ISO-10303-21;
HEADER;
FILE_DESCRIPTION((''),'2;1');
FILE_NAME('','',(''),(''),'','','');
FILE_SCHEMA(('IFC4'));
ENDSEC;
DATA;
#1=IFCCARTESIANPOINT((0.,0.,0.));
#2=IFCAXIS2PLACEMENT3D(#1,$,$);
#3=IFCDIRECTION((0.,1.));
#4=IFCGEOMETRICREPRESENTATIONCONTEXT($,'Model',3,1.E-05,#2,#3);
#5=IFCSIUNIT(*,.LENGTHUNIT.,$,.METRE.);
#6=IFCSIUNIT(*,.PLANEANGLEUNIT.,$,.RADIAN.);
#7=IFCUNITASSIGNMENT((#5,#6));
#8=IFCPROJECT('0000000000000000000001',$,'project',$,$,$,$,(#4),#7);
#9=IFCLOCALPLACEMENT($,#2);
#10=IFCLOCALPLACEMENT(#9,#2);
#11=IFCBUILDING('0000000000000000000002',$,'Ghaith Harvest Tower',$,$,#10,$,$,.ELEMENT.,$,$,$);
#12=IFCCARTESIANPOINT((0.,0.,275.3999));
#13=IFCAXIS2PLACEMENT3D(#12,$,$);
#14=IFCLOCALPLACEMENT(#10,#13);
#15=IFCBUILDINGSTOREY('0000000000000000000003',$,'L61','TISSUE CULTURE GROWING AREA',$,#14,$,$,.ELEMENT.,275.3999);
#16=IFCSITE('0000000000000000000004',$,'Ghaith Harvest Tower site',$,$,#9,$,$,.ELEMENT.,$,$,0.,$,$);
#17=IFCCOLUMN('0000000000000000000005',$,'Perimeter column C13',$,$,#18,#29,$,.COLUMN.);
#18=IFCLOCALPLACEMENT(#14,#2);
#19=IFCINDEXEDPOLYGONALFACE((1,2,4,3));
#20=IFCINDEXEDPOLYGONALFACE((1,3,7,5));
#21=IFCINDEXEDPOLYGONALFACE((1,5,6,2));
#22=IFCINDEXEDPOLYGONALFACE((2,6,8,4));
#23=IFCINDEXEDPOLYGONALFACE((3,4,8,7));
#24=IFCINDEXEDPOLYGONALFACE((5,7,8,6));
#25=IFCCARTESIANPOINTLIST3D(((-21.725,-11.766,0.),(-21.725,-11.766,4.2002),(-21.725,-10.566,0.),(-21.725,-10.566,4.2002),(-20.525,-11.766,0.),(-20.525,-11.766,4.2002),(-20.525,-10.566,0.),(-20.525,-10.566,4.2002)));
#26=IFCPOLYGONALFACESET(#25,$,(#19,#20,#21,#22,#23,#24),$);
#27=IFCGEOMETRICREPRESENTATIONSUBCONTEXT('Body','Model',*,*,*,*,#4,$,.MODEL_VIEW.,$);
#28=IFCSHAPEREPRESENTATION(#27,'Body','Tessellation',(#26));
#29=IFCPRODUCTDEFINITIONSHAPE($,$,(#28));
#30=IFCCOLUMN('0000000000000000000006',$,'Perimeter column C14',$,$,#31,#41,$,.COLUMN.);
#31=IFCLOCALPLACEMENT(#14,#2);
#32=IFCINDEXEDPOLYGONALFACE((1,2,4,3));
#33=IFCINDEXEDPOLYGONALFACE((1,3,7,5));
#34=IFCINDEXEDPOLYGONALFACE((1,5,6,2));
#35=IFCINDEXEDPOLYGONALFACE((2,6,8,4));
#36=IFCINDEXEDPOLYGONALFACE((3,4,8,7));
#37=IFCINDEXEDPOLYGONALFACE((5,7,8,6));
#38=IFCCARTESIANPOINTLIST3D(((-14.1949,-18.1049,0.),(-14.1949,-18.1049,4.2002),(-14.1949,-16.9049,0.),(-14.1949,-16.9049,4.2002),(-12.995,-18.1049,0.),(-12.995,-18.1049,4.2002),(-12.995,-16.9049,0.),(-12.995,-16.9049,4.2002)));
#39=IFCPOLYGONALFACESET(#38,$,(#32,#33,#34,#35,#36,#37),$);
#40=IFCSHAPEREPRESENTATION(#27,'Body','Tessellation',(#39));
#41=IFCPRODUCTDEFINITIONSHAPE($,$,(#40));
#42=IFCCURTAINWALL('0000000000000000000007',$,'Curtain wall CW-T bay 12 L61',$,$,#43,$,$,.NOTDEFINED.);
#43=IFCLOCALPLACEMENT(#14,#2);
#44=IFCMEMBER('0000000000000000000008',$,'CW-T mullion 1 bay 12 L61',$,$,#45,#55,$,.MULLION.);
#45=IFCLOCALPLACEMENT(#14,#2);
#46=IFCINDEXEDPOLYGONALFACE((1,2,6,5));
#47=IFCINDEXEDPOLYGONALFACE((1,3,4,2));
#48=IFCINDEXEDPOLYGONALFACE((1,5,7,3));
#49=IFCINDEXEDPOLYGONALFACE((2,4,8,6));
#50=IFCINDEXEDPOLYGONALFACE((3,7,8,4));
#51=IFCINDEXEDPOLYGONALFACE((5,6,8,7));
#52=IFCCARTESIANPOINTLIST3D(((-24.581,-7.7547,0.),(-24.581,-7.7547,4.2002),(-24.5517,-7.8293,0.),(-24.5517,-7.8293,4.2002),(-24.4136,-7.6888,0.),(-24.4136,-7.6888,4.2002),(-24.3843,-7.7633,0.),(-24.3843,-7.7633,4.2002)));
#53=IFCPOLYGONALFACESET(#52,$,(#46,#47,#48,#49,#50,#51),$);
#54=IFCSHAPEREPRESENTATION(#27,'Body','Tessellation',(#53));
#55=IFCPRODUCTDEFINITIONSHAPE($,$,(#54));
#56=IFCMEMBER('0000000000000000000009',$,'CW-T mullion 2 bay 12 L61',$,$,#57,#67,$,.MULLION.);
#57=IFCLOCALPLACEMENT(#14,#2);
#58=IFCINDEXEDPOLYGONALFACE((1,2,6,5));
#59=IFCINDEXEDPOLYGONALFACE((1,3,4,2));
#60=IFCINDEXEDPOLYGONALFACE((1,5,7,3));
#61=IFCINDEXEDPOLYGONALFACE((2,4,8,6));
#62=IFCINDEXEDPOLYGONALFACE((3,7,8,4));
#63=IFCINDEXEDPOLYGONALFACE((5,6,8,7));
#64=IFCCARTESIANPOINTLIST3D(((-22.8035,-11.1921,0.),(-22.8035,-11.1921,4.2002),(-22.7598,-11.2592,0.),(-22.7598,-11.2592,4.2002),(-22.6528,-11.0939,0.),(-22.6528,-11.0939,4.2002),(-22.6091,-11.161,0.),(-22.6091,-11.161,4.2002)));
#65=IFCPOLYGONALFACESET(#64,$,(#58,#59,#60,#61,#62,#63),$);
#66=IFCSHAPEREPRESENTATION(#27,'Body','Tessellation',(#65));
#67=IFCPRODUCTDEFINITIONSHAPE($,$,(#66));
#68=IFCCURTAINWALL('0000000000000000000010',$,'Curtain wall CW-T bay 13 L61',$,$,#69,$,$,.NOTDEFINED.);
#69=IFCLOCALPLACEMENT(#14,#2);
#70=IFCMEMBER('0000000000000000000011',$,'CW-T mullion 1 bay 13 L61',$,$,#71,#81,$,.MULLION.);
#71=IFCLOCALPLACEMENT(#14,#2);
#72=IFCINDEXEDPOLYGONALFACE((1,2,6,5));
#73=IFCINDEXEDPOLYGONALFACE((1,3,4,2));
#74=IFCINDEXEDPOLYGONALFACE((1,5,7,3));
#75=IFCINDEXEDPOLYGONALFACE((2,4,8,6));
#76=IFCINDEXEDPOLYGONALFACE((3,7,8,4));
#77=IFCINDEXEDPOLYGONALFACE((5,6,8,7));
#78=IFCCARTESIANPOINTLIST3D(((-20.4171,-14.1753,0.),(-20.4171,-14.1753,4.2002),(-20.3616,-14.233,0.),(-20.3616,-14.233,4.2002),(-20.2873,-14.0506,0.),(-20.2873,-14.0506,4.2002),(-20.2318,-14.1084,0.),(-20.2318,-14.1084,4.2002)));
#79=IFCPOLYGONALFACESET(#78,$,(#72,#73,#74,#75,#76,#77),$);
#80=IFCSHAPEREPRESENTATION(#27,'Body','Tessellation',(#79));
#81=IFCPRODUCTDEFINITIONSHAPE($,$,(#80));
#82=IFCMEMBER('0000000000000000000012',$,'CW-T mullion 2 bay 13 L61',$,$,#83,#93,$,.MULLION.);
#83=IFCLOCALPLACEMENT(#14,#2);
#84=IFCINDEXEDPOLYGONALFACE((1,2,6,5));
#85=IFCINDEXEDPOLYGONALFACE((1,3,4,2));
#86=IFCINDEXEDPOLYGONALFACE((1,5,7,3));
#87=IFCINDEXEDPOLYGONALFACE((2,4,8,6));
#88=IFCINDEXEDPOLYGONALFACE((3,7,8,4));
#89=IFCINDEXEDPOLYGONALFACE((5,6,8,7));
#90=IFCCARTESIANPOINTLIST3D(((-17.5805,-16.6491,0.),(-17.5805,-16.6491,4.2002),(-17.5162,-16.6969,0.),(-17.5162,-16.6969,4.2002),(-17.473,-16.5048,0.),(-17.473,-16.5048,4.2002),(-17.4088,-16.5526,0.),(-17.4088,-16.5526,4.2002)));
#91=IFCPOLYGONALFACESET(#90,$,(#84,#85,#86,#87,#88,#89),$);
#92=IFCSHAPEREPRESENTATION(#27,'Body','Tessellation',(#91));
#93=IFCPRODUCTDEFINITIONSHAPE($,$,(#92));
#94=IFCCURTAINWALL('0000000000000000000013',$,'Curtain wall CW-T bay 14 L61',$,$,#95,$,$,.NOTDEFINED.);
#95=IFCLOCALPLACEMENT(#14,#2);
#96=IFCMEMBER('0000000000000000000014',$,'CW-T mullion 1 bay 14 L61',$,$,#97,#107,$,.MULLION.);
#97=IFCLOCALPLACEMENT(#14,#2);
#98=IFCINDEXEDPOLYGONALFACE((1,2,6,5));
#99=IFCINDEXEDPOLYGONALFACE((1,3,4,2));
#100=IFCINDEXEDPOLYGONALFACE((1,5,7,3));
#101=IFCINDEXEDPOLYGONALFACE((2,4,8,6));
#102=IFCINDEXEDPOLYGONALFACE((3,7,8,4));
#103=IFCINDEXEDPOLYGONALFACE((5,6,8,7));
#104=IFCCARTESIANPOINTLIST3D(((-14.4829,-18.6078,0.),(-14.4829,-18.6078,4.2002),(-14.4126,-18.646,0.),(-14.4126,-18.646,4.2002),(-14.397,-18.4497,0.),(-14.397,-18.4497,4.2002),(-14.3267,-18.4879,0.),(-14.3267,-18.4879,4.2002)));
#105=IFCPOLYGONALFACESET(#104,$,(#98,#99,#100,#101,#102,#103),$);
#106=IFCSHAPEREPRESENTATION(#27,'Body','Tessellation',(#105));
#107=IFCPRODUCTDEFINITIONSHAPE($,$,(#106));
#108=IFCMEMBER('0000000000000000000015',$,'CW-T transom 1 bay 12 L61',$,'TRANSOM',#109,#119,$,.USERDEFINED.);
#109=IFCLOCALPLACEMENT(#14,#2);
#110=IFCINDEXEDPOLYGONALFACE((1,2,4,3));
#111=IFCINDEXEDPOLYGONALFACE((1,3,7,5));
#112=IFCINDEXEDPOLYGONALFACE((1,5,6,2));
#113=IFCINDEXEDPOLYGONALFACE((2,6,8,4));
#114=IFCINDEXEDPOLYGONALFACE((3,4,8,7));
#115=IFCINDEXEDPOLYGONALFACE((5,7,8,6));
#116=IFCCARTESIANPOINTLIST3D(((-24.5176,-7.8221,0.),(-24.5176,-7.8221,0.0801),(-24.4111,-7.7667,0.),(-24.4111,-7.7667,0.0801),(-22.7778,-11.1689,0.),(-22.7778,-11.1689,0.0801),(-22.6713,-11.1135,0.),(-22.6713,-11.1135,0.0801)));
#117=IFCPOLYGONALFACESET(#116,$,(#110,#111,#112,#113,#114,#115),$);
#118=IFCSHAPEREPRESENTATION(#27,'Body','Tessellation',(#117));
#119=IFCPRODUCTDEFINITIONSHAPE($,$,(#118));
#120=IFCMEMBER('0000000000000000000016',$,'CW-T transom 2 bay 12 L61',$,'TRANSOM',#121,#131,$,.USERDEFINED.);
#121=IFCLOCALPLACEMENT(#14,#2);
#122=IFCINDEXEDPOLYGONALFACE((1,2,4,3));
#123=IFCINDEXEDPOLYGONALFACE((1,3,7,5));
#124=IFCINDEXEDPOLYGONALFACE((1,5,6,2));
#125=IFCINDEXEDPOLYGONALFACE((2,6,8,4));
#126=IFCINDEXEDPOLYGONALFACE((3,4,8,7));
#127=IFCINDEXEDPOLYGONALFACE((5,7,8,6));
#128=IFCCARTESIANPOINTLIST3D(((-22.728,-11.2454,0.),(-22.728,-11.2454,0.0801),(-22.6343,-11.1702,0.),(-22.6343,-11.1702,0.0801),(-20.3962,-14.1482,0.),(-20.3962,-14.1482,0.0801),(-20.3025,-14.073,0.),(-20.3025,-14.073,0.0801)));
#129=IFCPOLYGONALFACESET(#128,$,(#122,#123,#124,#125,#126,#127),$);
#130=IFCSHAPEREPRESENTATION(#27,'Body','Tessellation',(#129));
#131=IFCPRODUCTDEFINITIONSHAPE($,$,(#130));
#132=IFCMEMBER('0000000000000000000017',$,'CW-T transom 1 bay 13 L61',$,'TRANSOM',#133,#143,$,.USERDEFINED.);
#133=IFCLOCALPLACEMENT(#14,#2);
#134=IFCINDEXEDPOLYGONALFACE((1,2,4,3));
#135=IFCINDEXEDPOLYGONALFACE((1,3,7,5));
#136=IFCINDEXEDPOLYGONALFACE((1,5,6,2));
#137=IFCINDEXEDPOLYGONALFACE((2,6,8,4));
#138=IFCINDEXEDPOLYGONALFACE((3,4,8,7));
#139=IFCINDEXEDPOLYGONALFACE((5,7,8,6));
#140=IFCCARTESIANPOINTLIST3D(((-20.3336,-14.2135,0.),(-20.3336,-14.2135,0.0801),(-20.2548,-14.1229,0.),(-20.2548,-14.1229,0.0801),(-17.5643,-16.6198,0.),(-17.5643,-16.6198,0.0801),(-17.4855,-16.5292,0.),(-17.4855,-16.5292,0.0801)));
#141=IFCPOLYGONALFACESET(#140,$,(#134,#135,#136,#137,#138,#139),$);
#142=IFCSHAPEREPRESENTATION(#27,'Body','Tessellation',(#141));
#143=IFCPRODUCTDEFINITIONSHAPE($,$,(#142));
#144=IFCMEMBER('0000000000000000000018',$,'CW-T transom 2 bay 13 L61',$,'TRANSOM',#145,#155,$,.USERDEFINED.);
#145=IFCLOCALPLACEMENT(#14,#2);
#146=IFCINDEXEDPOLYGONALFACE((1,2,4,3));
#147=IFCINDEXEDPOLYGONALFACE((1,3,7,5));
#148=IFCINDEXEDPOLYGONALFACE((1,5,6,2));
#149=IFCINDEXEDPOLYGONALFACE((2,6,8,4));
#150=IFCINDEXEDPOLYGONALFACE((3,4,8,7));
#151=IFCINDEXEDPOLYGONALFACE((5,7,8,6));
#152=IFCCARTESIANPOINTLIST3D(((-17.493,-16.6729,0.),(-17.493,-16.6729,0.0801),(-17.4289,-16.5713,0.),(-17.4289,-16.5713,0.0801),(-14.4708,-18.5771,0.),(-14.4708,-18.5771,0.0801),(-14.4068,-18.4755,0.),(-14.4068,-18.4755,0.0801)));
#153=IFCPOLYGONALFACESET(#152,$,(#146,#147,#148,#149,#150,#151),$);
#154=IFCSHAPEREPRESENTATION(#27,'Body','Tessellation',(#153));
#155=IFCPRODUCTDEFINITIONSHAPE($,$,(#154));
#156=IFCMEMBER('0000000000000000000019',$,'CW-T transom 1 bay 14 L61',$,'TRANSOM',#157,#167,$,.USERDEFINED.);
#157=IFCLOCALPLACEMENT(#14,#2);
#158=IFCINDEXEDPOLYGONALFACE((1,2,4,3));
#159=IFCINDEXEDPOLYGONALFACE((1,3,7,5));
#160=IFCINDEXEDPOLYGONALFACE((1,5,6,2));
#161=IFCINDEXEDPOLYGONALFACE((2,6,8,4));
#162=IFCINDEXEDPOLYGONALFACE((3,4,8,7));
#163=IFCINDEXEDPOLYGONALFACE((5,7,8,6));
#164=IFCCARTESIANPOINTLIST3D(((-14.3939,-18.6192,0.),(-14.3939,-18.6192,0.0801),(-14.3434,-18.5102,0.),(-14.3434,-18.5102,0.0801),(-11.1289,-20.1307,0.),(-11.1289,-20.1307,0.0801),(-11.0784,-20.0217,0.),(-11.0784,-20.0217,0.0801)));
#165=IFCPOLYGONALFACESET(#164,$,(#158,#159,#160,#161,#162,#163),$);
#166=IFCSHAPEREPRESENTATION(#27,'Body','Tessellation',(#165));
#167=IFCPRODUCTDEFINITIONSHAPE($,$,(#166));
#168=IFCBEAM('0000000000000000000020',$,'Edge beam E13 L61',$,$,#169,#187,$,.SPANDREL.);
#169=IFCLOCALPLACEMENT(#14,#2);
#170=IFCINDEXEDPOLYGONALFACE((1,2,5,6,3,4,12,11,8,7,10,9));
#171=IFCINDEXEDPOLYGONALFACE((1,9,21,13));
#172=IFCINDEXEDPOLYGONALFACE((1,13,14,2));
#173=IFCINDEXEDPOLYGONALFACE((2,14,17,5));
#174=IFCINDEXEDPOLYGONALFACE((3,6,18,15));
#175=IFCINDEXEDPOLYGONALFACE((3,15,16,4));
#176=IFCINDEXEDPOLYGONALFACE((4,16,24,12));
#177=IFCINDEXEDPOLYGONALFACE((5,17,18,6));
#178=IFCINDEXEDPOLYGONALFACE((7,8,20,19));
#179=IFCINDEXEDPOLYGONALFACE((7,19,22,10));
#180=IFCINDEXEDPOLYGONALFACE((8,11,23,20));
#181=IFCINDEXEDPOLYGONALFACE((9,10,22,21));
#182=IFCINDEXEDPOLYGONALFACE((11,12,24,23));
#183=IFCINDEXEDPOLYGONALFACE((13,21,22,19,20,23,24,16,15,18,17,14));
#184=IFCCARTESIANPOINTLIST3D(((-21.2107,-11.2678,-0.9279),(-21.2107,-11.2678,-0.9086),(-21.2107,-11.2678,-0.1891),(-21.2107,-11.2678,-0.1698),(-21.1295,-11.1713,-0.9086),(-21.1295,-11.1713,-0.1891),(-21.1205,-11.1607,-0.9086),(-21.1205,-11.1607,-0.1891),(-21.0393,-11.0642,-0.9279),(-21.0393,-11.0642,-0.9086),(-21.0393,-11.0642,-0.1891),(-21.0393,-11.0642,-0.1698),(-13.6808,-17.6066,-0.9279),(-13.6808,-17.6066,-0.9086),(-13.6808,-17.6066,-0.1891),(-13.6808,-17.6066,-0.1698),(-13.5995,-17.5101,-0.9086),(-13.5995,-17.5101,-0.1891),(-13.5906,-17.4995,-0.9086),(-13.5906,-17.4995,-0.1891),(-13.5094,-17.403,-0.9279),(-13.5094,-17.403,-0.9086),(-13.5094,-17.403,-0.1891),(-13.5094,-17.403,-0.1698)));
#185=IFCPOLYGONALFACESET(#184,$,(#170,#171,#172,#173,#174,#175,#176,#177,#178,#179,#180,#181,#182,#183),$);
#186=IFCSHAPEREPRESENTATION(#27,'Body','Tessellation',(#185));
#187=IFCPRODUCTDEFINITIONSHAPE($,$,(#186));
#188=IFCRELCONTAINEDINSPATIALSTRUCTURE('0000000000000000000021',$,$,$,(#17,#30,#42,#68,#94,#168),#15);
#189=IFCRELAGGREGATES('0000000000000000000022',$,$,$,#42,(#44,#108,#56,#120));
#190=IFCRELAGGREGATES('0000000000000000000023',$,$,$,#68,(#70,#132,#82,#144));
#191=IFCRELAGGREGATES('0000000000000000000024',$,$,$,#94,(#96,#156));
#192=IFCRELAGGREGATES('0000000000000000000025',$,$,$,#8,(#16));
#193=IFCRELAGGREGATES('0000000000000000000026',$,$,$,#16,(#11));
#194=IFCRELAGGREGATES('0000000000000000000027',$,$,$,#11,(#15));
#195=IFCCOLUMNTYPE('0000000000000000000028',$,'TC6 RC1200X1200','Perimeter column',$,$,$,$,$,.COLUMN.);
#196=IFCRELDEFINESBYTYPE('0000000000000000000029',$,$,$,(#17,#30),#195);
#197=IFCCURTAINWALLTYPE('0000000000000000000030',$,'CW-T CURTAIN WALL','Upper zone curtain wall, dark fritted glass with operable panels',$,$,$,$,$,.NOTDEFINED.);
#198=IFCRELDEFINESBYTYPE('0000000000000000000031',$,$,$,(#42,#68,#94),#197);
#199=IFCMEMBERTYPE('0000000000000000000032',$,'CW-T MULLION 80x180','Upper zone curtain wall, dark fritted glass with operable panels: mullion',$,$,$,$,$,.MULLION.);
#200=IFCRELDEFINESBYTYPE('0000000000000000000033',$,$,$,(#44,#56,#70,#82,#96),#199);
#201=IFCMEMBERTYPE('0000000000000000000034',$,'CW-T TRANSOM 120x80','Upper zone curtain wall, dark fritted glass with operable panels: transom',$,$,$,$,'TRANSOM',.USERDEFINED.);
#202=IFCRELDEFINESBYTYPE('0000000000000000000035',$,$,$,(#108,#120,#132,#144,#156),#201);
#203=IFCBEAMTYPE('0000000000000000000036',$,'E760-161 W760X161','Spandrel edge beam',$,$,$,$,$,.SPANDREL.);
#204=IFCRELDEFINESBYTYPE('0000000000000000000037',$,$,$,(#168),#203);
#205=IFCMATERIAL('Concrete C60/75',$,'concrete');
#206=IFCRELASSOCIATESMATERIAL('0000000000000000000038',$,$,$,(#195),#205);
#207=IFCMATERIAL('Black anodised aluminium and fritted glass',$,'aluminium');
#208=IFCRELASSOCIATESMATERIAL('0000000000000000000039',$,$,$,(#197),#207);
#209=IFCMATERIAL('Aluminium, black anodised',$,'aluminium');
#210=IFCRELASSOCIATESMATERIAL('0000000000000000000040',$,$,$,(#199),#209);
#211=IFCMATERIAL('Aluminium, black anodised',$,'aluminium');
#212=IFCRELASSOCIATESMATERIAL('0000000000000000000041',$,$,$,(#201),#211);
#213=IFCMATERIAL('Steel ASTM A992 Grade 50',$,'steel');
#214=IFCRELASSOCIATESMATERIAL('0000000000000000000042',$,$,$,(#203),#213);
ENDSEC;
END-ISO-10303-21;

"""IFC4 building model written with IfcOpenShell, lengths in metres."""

from ifc_helpers import new_model, si_unit, direction, frame, origin, origin_2d, place, context, subcontext, project, spatial, rectangle, i_section, extrude, material, material_profile, profile_set, type_object, element, aggregate, save


model = new_model("IFC4")

# Units and contexts
model_context = context("Model", 3, precision=1e-05, world=origin(), true_north=direction((0.0, 1.0)))
body_context = subcontext(model_context, "Body", "Model", "MODEL_VIEW")
ifc_project = project(units=[si_unit("LENGTHUNIT", "METRE"), si_unit("PLANEANGLEUNIT", "RADIAN")], contexts=[model_context])

# Site, building, storey
site_placement = place(None, origin())
site = spatial("IfcSite", under=ifc_project, at=site_placement, Name="Ghaith Harvest Tower site", CompositionType="ELEMENT", RefElevation=0.0)
building_placement = place(site_placement, origin())
building = spatial("IfcBuilding", under=site, at=building_placement, Name="Ghaith Harvest Tower", CompositionType="ELEMENT")
storey_placement = place(building_placement, frame((0.0, 0.0, 275.3999)))
storey = spatial("IfcBuildingStorey", under=building, at=storey_placement, Name="L61", Description="TISSUE CULTURE GROWING AREA", CompositionType="ELEMENT", Elevation=275.3999)

# Columns
ifc_material_1 = material(Name="Concrete C60/75", Category="concrete")
ifc_material_profile_1 = material_profile(ifc_material_1, rectangle(XDim=1.2, YDim=1.2, at=origin_2d()), Name="RC1200X1200")
ifc_profile_set_1 = profile_set([ifc_material_profile_1], Name="Concrete C60/75")
column_type = type_object("IfcColumnType", Name="TC6 RC1200X1200", Description="Perimeter column", PredefinedType="COLUMN", material=ifc_profile_set_1)
for number, where, z_axis, x_axis, name in (
    (1, (-21.125, -11.166, 0.0), (0.0, 0.0, 1.0), (1.0, 0.0, 0.0), "Perimeter column C13"),
    (2, (-13.595, -17.5049, 0.0), (0.0, 0.0, 1.0), (1.0, 0.0, 0.0), "Perimeter column C14"),
):
    element("IfcColumn", number, at=place(storey_placement, frame(where, z_axis=z_axis, x_axis=x_axis)), inside=storey, type_object=column_type, Name=name, PredefinedType="COLUMN", context=body_context, shape_type="SweptSolid", body=[
        extrude(rectangle(XDim=1.2, YDim=1.2, at=origin_2d()), origin(), (0.0, 0.0, 1.0), 4.2002),
    ])

# Curtain walls, members
ifc_material_2 = material(Name="Black anodised aluminium and fritted glass", Category="aluminium")
curtain_wall_type = type_object("IfcCurtainWallType", Name="CW-T CURTAIN WALL", Description="Upper zone curtain wall, dark fritted glass with operable panels", PredefinedType="NOTDEFINED", material=ifc_material_2)
curtain_wall_1_placement = place(storey_placement, origin())
curtain_wall_1 = element("IfcCurtainWall", 3, at=curtain_wall_1_placement, inside=storey, type_object=curtain_wall_type, Name="Curtain wall CW-T bay 12 L61", PredefinedType="NOTDEFINED")
ifc_material_3 = material(Name="Aluminium, black anodised", Category="aluminium")
ifc_material_profile_2 = material_profile(ifc_material_3, rectangle(XDim=0.0801, YDim=0.1799, at=origin_2d()), Name="CW-T MULLION 80x180")
ifc_profile_set_2 = profile_set([ifc_material_profile_2], Name="Aluminium, black anodised")
member_type_1 = type_object("IfcMemberType", Name="CW-T MULLION 80x180", Description="Upper zone curtain wall, dark fritted glass with operable panels: mullion", PredefinedType="MULLION", material=ifc_profile_set_2)
member_1_placement = place(storey_placement, frame((-24.4827, -7.759, 0.0), z_axis=(0.0, 0.0, 1.0), x_axis=(0.366473, -0.930429, 0.0)))
member_1 = element("IfcMember", 4, at=member_1_placement, type_object=member_type_1, Name="CW-T mullion 1 bay 12 L61", PredefinedType="MULLION", context=body_context, shape_type="SweptSolid", body=[
    extrude(rectangle(XDim=0.0801, YDim=0.1799, at=origin_2d()), origin(), (0.0, 0.0, 1.0), 4.2002),
])
member_2_placement = place(storey_placement, frame((-22.7063, -11.1765, 0.0), z_axis=(0.0, 0.0, 1.0), x_axis=(0.545865, -0.837873, 0.0)))
member_2 = element("IfcMember", 5, at=member_2_placement, type_object=member_type_1, Name="CW-T mullion 2 bay 12 L61", PredefinedType="MULLION", context=body_context, shape_type="SweptSolid", body=[
    extrude(rectangle(XDim=0.0801, YDim=0.1799, at=origin_2d()), origin(), (0.0, 0.0, 1.0), 4.2002),
])
curtain_wall_2_placement = place(storey_placement, origin())
curtain_wall_2 = element("IfcCurtainWall", 6, at=curtain_wall_2_placement, inside=storey, type_object=curtain_wall_type, Name="Curtain wall CW-T bay 13 L61", PredefinedType="NOTDEFINED")
member_3_placement = place(storey_placement, frame((-20.3245, -14.1418, 0.0), z_axis=(0.0, 0.0, 1.0), x_axis=(0.692826, -0.721104, 0.0)))
member_3 = element("IfcMember", 7, at=member_3_placement, type_object=member_type_1, Name="CW-T mullion 1 bay 13 L61", PredefinedType="MULLION", context=body_context, shape_type="SweptSolid", body=[
    extrude(rectangle(XDim=0.0801, YDim=0.1799, at=origin_2d()), origin(), (0.0, 0.0, 1.0), 4.2002),
])
member_4_placement = place(storey_placement, frame((-17.4946, -16.6008, 0.0), z_axis=(0.0, 0.0, 1.0), x_axis=(0.80219, -0.597069, 0.0)))
member_4 = element("IfcMember", 8, at=member_4_placement, type_object=member_type_1, Name="CW-T mullion 2 bay 13 L61", PredefinedType="MULLION", context=body_context, shape_type="SweptSolid", body=[
    extrude(rectangle(XDim=0.0801, YDim=0.1799, at=origin_2d()), origin(), (0.0, 0.0, 1.0), 4.2002),
])

# Curtain wall, member
curtain_wall_3_placement = place(storey_placement, origin())
curtain_wall_3 = element("IfcCurtainWall", 9, at=curtain_wall_3_placement, inside=storey, type_object=curtain_wall_type, Name="Curtain wall CW-T bay 14 L61", PredefinedType="NOTDEFINED")
member_5_placement = place(storey_placement, frame((-14.4048, -18.5479, 0.0), z_axis=(0.0, 0.0, 1.0), x_axis=(0.878672, -0.477426, 0.0)))
member_5 = element("IfcMember", 10, at=member_5_placement, type_object=member_type_1, Name="CW-T mullion 1 bay 14 L61", PredefinedType="MULLION", context=body_context, shape_type="SweptSolid", body=[
    extrude(rectangle(XDim=0.0801, YDim=0.1799, at=origin_2d()), origin(), (0.0, 0.0, 1.0), 4.2002),
])

# Members
ifc_material_4 = material(Name="Aluminium, black anodised", Category="aluminium")
ifc_material_profile_3 = material_profile(ifc_material_4, rectangle(XDim=0.1201, YDim=0.0801, at=origin_2d()), Name="CW-T TRANSOM 120x80")
ifc_profile_set_3 = profile_set([ifc_material_profile_3], Name="Aluminium, black anodised")
member_type_2 = type_object("IfcMemberType", Name="CW-T TRANSOM 120x80", Description="Upper zone curtain wall, dark fritted glass with operable panels: transom", ElementType="TRANSOM", PredefinedType="USERDEFINED", material=ifc_profile_set_3)
member_6_placement = place(storey_placement, frame((-24.4644, -7.7944, 0.04), z_axis=(0.461243, -0.887274, 0.0), x_axis=(0.887274, 0.461243, 0.0)))
member_6 = element("IfcMember", 11, at=member_6_placement, type_object=member_type_2, Name="CW-T transom 1 bay 12 L61", ObjectType="TRANSOM", PredefinedType="USERDEFINED", context=body_context, shape_type="SweptSolid", body=[
    extrude(rectangle(XDim=0.1201, YDim=0.0801, at=origin_2d()), origin(), (0.0, 0.0, 1.0), 3.772),
])
member_7_placement = place(storey_placement, frame((-22.6812, -11.2078, 0.04), z_axis=(0.626253, -0.77962, 0.0), x_axis=(0.77962, 0.626253, 0.0)))
member_7 = element("IfcMember", 12, at=member_7_placement, type_object=member_type_2, Name="CW-T transom 2 bay 12 L61", ObjectType="TRANSOM", PredefinedType="USERDEFINED", context=body_context, shape_type="SweptSolid", body=[
    extrude(rectangle(XDim=0.1201, YDim=0.0801, at=origin_2d()), origin(), (0.0, 0.0, 1.0), 3.7234),
])
member_8_placement = place(storey_placement, frame((-20.2942, -14.1682, 0.04), z_axis=(0.754852, -0.655895, 0.0), x_axis=(0.655895, 0.754852, 0.0)))
member_8 = element("IfcMember", 13, at=member_8_placement, type_object=member_type_2, Name="CW-T transom 1 bay 13 L61", ObjectType="TRANSOM", PredefinedType="USERDEFINED", context=body_context, shape_type="SweptSolid", body=[
    extrude(rectangle(XDim=0.1201, YDim=0.0801, at=origin_2d()), origin(), (0.0, 0.0, 1.0), 3.6687),
])
member_9_placement = place(storey_placement, frame((-17.4609, -16.6221, 0.04), z_axis=(0.846054, -0.533098, 0.0), x_axis=(0.533098, 0.846054, 0.0)))
member_9 = element("IfcMember", 14, at=member_9_placement, type_object=member_type_2, Name="CW-T transom 2 bay 13 L61", ObjectType="TRANSOM", PredefinedType="USERDEFINED", context=body_context, shape_type="SweptSolid", body=[
    extrude(rectangle(XDim=0.1201, YDim=0.0801, at=origin_2d()), origin(), (0.0, 0.0, 1.0), 3.572),
])
member_10_placement = place(storey_placement, frame((-14.3687, -18.5647, 0.04), z_axis=(0.907472, -0.420112, 0.0), x_axis=(0.420112, 0.907472, 0.0)))
member_10 = element("IfcMember", 15, at=member_10_placement, type_object=member_type_2, Name="CW-T transom 1 bay 14 L61", ObjectType="TRANSOM", PredefinedType="USERDEFINED", context=body_context, shape_type="SweptSolid", body=[
    extrude(rectangle(XDim=0.1201, YDim=0.0801, at=origin_2d()), origin(), (0.0, 0.0, 1.0), 3.5979),
])

# Beam
ifc_material_5 = material(Name="Steel ASTM A992 Grade 50", Category="steel")
ifc_material_profile_4 = material_profile(ifc_material_5, i_section(OverallWidth=0.2661, OverallDepth=0.7581, WebThickness=0.0139, FlangeThickness=0.0193, at=origin_2d()), Name="W760X161")
ifc_profile_set_4 = profile_set([ifc_material_profile_4], Name="Steel ASTM A992 Grade 50")
beam_type = type_object("IfcBeamType", Name="E760-161 W760X161", Description="Spandrel edge beam", PredefinedType="SPANDREL", material=ifc_profile_set_4)
beam_1_placement = place(storey_placement, frame((-21.125, -11.166, -0.5488), z_axis=(0.765022, -0.644004, 0.0), x_axis=(0.644004, 0.765022, 0.0)))
element("IfcBeam", 16, at=beam_1_placement, inside=storey, type_object=beam_type, Name="Edge beam E13 L61", PredefinedType="SPANDREL", context=body_context, shape_type="SweptSolid", body=[
    extrude(i_section(OverallWidth=0.2661, OverallDepth=0.7581, WebThickness=0.0139, FlangeThickness=0.0193, at=origin_2d()), origin(), (0.0, 0.0, 1.0), 9.8428),
])

aggregate(curtain_wall_1, [member_1, member_6, member_2, member_7])
aggregate(curtain_wall_2, [member_3, member_8, member_4, member_9])
aggregate(curtain_wall_3, [member_5, member_10])

save(model, "model.ifc")
